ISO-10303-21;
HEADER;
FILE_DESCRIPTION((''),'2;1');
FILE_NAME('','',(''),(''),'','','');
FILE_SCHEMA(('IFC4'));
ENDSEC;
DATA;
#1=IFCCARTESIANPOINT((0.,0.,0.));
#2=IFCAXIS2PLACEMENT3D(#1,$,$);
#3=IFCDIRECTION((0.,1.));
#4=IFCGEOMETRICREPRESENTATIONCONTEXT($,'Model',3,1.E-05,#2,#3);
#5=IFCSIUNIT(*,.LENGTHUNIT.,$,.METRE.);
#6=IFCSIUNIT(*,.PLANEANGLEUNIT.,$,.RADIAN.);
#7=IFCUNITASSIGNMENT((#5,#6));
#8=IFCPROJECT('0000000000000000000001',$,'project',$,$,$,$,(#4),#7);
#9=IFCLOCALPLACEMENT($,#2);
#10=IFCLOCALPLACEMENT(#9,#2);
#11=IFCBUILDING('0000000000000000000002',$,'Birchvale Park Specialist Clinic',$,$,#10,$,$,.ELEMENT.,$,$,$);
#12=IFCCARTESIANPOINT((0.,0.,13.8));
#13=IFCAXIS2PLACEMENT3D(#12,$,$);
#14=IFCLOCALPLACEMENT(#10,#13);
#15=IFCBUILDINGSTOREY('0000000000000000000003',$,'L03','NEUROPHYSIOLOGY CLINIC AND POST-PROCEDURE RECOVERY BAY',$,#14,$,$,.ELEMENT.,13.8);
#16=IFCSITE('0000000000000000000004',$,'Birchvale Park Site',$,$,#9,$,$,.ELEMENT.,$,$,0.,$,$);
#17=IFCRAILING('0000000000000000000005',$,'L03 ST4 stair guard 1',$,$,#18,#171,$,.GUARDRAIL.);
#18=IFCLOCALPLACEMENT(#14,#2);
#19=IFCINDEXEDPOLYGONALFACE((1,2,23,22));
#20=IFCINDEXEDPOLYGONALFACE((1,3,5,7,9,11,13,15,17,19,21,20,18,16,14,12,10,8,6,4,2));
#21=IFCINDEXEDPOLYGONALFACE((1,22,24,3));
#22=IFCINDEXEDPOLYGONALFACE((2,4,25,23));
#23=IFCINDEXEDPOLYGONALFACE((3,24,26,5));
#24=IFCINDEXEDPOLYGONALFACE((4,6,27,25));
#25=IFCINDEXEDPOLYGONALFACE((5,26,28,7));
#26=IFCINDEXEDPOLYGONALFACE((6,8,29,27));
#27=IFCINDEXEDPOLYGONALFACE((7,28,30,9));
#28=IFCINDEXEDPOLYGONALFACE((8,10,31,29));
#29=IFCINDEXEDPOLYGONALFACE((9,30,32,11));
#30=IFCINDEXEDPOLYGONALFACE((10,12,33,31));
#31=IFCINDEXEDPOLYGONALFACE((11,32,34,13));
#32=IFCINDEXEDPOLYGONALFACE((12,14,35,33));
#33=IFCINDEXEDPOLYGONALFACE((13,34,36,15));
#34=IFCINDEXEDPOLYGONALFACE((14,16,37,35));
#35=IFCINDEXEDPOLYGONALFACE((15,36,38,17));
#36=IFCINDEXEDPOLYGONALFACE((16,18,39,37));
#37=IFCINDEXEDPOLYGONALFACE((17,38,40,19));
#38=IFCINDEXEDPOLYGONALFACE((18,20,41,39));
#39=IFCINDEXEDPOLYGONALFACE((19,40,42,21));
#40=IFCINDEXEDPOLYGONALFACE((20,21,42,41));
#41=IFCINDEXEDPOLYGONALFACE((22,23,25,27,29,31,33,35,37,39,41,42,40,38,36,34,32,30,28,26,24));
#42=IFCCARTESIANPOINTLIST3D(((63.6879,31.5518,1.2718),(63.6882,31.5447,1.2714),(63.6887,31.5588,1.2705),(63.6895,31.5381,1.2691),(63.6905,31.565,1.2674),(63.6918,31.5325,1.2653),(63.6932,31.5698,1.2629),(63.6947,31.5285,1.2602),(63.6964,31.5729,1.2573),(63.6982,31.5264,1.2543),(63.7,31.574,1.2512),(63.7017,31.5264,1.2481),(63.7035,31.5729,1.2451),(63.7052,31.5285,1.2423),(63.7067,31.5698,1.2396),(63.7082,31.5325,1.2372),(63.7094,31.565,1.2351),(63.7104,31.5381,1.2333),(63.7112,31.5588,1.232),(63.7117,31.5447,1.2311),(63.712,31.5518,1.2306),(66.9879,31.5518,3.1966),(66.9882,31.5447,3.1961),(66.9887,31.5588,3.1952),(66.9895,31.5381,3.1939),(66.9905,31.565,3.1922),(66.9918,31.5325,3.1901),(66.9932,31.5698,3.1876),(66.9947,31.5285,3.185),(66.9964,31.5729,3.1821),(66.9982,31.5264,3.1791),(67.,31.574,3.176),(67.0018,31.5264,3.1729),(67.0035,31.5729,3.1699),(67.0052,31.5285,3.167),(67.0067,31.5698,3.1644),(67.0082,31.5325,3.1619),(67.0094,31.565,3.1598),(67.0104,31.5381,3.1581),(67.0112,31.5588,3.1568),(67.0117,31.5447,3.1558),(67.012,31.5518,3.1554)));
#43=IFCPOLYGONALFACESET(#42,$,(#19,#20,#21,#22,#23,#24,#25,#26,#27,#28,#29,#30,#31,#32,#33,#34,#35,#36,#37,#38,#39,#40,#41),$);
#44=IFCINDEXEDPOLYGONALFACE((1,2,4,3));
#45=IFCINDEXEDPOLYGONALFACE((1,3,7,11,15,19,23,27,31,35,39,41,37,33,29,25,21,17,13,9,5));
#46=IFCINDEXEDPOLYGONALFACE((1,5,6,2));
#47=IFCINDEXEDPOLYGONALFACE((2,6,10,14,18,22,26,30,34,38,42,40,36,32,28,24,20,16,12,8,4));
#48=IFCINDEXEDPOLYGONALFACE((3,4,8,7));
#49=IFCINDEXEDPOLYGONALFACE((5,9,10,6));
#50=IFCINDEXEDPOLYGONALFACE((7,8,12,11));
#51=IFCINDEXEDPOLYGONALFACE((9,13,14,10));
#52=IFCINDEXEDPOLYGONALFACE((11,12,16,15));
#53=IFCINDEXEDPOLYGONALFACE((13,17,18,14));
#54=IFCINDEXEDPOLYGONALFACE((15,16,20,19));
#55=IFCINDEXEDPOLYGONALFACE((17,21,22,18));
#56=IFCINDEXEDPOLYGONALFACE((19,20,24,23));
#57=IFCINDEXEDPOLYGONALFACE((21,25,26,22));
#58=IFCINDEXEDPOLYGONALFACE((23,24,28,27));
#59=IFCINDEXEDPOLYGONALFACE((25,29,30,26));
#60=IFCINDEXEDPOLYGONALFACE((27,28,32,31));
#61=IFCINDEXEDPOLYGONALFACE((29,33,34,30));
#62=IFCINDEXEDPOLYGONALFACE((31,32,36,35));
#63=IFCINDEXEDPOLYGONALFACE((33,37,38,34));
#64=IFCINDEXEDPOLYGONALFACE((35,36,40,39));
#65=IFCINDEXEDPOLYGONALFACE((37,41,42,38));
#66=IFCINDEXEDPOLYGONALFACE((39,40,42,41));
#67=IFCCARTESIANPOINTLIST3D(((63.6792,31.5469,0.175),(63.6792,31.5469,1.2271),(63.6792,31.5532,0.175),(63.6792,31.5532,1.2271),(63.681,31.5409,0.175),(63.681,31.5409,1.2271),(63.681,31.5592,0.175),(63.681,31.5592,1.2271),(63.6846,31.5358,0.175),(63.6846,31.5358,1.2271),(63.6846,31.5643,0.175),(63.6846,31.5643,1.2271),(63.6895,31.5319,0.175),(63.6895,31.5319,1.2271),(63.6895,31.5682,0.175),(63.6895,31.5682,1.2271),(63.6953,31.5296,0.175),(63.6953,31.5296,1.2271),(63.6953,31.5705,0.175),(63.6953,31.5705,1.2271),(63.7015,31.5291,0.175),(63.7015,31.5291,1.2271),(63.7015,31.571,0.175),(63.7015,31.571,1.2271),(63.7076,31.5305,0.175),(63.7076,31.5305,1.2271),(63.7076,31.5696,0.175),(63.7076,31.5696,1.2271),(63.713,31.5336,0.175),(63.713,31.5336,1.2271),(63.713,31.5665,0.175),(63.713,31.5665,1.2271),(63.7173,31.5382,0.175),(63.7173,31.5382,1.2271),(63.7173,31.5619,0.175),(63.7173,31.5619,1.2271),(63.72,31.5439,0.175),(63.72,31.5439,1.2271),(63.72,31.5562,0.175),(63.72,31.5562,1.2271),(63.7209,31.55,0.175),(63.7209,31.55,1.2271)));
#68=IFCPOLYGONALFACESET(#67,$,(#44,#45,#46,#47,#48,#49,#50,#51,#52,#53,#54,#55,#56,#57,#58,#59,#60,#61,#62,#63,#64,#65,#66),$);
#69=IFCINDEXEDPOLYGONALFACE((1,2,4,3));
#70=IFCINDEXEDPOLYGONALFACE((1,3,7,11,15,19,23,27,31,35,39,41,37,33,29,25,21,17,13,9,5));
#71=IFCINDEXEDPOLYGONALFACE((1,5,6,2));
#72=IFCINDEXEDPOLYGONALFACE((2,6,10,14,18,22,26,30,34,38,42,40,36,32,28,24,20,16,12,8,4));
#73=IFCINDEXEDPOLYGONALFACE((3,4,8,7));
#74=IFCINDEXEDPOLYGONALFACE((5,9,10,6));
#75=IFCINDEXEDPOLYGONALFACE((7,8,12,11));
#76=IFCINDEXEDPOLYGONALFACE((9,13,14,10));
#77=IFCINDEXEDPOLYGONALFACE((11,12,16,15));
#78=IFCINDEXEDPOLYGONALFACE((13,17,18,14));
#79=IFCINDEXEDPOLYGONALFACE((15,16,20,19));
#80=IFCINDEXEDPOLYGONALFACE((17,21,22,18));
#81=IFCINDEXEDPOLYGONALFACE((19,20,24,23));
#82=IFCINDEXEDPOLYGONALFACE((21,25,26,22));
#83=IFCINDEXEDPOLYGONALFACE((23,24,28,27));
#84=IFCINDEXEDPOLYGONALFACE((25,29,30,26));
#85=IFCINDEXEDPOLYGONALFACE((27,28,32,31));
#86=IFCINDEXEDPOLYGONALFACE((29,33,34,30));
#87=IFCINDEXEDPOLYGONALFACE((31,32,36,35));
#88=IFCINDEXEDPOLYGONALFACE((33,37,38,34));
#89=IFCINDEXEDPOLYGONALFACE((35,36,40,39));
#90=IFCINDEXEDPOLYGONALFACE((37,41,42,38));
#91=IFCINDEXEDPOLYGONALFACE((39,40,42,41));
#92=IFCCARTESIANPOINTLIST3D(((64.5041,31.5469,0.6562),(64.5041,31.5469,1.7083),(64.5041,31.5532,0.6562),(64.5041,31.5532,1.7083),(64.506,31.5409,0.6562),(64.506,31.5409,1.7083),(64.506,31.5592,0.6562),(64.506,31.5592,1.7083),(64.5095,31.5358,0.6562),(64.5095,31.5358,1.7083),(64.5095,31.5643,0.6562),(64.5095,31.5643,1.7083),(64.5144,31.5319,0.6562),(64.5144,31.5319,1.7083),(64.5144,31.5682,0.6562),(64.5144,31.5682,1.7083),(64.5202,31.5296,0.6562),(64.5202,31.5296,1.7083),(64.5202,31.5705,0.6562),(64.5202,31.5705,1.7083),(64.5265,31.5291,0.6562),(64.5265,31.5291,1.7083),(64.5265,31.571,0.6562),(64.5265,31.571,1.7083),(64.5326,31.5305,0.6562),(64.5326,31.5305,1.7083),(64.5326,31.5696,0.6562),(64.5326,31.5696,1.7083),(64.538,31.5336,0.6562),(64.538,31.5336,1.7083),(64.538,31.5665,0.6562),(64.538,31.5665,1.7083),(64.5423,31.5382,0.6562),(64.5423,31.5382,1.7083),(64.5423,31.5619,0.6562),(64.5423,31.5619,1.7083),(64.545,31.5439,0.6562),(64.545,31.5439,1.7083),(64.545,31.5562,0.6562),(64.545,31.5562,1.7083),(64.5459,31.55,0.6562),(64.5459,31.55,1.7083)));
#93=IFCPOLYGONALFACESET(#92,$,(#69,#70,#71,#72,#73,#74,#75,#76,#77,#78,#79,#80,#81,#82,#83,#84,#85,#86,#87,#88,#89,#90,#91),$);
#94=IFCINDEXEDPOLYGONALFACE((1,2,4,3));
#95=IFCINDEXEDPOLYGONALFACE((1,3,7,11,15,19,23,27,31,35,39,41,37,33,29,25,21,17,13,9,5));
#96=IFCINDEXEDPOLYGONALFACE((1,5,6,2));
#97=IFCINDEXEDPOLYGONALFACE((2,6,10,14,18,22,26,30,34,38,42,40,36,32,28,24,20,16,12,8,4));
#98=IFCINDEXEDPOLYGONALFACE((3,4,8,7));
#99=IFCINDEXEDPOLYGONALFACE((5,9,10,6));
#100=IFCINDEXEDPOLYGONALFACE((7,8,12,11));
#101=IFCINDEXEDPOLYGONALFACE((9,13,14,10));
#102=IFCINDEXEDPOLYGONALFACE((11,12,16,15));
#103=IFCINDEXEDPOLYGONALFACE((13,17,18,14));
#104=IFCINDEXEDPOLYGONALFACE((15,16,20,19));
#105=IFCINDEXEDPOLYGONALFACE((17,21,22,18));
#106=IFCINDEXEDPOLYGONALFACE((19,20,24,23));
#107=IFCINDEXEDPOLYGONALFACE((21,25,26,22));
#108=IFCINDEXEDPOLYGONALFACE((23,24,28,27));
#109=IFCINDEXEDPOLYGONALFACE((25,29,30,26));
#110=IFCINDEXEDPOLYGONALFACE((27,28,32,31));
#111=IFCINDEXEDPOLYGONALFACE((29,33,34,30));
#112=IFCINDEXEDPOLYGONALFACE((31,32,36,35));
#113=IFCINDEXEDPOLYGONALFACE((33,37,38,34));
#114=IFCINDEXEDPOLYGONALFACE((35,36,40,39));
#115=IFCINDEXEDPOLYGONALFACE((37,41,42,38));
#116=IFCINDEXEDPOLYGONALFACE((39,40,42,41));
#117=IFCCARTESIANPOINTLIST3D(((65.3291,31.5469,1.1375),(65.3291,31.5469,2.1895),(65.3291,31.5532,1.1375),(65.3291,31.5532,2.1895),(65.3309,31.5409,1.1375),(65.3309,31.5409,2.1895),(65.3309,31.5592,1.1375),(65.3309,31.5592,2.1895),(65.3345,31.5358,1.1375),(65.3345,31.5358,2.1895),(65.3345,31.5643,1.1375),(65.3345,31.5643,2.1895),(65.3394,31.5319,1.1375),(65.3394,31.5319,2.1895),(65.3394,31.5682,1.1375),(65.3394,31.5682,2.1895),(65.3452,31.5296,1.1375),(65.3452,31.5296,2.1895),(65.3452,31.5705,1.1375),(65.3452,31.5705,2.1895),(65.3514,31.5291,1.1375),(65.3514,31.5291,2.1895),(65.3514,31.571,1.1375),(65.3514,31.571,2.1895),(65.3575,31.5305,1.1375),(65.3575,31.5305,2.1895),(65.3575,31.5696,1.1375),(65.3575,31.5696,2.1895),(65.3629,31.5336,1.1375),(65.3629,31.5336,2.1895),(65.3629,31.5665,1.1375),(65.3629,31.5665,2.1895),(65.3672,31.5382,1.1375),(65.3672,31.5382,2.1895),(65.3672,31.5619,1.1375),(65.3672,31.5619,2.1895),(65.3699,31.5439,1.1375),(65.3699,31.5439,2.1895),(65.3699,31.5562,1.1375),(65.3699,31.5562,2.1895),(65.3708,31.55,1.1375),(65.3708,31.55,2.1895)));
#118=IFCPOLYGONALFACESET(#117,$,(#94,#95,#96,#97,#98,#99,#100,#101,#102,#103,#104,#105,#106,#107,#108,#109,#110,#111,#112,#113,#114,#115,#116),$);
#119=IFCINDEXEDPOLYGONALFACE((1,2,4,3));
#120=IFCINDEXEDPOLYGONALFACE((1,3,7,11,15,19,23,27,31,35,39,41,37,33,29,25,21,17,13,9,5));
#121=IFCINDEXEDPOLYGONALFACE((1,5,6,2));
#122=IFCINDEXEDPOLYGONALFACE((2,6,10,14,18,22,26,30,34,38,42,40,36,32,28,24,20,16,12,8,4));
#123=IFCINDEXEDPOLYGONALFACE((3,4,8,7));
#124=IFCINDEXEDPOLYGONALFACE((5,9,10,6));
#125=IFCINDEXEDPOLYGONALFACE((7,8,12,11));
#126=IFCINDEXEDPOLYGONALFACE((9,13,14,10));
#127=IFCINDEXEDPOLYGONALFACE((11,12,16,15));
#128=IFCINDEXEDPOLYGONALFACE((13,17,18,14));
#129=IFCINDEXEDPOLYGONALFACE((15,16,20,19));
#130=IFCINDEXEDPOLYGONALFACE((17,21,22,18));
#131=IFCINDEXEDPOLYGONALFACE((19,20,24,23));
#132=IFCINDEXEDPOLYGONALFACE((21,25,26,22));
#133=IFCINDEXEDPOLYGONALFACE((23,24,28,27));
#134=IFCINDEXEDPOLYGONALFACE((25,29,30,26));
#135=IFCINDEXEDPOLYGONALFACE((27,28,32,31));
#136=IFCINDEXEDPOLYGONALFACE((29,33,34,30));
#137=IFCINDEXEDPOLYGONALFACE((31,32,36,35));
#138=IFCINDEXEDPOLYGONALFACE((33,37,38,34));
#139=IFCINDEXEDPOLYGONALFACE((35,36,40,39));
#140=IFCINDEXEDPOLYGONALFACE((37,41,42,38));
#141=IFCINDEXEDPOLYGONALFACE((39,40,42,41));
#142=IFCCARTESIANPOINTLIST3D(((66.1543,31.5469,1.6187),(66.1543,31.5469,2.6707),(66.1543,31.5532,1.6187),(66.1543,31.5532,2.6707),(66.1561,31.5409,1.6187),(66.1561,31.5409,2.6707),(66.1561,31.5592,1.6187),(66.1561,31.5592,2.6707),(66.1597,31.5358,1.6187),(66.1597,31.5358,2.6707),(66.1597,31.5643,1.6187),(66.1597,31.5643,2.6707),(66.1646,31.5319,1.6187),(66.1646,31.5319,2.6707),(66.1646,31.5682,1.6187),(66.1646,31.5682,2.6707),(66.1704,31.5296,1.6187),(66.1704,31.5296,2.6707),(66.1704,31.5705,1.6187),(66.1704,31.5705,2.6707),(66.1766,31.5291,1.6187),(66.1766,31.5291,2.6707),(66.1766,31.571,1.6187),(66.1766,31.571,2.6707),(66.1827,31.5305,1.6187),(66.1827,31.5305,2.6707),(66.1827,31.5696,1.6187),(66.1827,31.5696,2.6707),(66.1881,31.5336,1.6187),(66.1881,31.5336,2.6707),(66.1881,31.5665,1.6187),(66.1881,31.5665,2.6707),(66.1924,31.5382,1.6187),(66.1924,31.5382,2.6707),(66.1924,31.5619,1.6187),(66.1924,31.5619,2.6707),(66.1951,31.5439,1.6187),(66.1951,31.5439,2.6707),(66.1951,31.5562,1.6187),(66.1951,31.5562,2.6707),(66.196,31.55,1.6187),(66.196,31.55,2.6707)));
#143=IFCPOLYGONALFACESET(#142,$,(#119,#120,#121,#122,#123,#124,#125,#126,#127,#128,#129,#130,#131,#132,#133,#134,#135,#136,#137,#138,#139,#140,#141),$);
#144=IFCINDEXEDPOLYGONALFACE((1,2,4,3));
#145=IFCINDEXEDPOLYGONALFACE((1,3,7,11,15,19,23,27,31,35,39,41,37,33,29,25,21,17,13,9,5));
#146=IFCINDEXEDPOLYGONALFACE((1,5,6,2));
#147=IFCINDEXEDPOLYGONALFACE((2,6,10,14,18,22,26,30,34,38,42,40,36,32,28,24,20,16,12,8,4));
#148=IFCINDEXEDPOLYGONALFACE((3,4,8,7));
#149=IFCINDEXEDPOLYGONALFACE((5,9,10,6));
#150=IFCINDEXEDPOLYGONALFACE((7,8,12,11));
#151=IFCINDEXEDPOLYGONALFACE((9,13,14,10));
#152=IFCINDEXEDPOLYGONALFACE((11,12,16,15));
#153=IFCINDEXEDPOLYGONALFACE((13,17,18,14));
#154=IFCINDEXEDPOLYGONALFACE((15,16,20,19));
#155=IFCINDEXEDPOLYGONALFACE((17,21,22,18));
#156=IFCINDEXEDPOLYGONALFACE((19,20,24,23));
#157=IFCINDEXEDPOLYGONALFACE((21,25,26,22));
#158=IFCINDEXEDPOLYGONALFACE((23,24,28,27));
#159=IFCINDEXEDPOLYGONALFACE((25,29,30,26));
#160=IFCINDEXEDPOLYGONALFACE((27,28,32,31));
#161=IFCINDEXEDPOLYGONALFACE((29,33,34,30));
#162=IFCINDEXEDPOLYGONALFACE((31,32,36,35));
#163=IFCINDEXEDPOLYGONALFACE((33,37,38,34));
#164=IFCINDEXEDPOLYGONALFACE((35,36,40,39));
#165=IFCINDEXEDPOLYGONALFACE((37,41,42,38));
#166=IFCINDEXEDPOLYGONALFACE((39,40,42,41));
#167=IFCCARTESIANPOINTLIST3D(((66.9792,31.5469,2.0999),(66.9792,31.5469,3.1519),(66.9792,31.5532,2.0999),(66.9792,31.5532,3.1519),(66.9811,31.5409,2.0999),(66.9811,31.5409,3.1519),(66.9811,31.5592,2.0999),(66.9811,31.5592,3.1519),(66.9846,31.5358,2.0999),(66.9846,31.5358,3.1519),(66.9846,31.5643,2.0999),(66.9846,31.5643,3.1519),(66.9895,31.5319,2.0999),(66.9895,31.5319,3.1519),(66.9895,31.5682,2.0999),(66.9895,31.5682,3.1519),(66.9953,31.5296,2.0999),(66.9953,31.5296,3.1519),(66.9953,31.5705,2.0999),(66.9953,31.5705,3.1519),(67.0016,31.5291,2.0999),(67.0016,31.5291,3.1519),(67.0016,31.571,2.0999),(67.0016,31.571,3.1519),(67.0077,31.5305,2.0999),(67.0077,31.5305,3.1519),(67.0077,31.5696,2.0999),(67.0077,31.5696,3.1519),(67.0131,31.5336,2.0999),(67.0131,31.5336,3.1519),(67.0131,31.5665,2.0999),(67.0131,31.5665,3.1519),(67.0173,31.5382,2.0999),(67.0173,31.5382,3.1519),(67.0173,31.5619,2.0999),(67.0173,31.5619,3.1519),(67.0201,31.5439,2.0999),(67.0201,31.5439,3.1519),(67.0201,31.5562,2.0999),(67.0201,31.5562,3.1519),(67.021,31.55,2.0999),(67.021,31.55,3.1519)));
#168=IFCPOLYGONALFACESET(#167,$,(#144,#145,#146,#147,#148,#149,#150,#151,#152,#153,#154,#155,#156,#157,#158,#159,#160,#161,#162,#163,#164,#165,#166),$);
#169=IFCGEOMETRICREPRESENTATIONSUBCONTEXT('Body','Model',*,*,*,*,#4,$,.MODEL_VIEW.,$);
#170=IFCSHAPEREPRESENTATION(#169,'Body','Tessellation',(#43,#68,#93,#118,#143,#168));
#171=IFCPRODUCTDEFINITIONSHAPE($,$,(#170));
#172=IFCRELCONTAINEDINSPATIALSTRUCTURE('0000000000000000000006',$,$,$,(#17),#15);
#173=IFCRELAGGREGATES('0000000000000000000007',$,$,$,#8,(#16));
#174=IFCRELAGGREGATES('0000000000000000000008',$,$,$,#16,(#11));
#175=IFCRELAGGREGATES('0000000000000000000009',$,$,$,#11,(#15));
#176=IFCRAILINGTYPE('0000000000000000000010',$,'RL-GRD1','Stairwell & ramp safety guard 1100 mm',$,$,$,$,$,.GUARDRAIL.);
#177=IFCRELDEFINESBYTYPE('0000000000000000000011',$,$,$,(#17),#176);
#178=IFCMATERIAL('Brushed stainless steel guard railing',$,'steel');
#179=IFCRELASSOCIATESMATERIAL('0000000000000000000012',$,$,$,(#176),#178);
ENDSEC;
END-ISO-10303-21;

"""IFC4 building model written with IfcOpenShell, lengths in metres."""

from ifc_helpers import new_model, si_unit, direction, frame, origin, origin_2d, place, context, subcontext, project, spatial, circle, extrude, material, type_object, element, save


model = new_model("IFC4")

# Units and contexts
model_context = context("Model", 3, precision=1e-05, world=origin(), true_north=direction((0.0, 1.0)))
body_context = subcontext(model_context, "Body", "Model", "MODEL_VIEW")
ifc_project = project(units=[si_unit("LENGTHUNIT", "METRE"), si_unit("PLANEANGLEUNIT", "RADIAN")], contexts=[model_context])

# Site, building, storey
site_placement = place(None, origin())
site = spatial("IfcSite", under=ifc_project, at=site_placement, Name="Birchvale Park Site", CompositionType="ELEMENT", RefElevation=0.0)
building_placement = place(site_placement, origin())
building = spatial("IfcBuilding", under=site, at=building_placement, Name="Birchvale Park Specialist Clinic", CompositionType="ELEMENT")
storey_placement = place(building_placement, frame((0.0, 0.0, 13.8)))
storey = spatial("IfcBuildingStorey", under=building, at=storey_placement, Name="L03", Description="NEUROPHYSIOLOGY CLINIC AND POST-PROCEDURE RECOVERY BAY", CompositionType="ELEMENT", Elevation=13.8)

# Railing
ifc_material_1 = material(Name="Brushed stainless steel guard railing", Category="steel")
railing_type_1 = type_object("IfcRailingType", Name="RL-GRD1", Description="Stairwell & ramp safety guard 1100 mm", PredefinedType="GUARDRAIL", material=ifc_material_1)
railing_1_placement = place(storey_placement, frame((63.7, 31.55, 0.175)))
element("IfcRailing", 1, at=railing_1_placement, inside=storey, type_object=railing_type_1, Name="L03 ST4 stair guard 1", PredefinedType="GUARDRAIL", context=body_context, shape_type="SweptSolid", body=[
    extrude(circle(Radius=0.0239, at=origin_2d()), frame((0.0, 0.0, 1.0762), z_axis=(0.863804, 0.0, 0.503827), x_axis=(0.0, 1.0, 0.0)), (0.0, 0.0, 1.0), 3.8203),
    extrude(circle(Radius=0.021, at=origin_2d()), origin(), (0.0, 0.0, 1.0), 1.052),
    extrude(circle(Radius=0.021, at=origin_2d()), frame((0.825, 0.0, 0.4812)), (0.0, 0.0, 1.0), 1.052),
    extrude(circle(Radius=0.021, at=origin_2d()), frame((1.6499, 0.0, 0.9624)), (0.0, 0.0, 1.0), 1.052),
    extrude(circle(Radius=0.021, at=origin_2d()), frame((2.4751, 0.0, 1.4436)), (0.0, 0.0, 1.0), 1.052),
    extrude(circle(Radius=0.021, at=origin_2d()), frame((3.3, 0.0, 1.9248)), (0.0, 0.0, 1.0), 1.052),
])

save(model, "model.ifc")
